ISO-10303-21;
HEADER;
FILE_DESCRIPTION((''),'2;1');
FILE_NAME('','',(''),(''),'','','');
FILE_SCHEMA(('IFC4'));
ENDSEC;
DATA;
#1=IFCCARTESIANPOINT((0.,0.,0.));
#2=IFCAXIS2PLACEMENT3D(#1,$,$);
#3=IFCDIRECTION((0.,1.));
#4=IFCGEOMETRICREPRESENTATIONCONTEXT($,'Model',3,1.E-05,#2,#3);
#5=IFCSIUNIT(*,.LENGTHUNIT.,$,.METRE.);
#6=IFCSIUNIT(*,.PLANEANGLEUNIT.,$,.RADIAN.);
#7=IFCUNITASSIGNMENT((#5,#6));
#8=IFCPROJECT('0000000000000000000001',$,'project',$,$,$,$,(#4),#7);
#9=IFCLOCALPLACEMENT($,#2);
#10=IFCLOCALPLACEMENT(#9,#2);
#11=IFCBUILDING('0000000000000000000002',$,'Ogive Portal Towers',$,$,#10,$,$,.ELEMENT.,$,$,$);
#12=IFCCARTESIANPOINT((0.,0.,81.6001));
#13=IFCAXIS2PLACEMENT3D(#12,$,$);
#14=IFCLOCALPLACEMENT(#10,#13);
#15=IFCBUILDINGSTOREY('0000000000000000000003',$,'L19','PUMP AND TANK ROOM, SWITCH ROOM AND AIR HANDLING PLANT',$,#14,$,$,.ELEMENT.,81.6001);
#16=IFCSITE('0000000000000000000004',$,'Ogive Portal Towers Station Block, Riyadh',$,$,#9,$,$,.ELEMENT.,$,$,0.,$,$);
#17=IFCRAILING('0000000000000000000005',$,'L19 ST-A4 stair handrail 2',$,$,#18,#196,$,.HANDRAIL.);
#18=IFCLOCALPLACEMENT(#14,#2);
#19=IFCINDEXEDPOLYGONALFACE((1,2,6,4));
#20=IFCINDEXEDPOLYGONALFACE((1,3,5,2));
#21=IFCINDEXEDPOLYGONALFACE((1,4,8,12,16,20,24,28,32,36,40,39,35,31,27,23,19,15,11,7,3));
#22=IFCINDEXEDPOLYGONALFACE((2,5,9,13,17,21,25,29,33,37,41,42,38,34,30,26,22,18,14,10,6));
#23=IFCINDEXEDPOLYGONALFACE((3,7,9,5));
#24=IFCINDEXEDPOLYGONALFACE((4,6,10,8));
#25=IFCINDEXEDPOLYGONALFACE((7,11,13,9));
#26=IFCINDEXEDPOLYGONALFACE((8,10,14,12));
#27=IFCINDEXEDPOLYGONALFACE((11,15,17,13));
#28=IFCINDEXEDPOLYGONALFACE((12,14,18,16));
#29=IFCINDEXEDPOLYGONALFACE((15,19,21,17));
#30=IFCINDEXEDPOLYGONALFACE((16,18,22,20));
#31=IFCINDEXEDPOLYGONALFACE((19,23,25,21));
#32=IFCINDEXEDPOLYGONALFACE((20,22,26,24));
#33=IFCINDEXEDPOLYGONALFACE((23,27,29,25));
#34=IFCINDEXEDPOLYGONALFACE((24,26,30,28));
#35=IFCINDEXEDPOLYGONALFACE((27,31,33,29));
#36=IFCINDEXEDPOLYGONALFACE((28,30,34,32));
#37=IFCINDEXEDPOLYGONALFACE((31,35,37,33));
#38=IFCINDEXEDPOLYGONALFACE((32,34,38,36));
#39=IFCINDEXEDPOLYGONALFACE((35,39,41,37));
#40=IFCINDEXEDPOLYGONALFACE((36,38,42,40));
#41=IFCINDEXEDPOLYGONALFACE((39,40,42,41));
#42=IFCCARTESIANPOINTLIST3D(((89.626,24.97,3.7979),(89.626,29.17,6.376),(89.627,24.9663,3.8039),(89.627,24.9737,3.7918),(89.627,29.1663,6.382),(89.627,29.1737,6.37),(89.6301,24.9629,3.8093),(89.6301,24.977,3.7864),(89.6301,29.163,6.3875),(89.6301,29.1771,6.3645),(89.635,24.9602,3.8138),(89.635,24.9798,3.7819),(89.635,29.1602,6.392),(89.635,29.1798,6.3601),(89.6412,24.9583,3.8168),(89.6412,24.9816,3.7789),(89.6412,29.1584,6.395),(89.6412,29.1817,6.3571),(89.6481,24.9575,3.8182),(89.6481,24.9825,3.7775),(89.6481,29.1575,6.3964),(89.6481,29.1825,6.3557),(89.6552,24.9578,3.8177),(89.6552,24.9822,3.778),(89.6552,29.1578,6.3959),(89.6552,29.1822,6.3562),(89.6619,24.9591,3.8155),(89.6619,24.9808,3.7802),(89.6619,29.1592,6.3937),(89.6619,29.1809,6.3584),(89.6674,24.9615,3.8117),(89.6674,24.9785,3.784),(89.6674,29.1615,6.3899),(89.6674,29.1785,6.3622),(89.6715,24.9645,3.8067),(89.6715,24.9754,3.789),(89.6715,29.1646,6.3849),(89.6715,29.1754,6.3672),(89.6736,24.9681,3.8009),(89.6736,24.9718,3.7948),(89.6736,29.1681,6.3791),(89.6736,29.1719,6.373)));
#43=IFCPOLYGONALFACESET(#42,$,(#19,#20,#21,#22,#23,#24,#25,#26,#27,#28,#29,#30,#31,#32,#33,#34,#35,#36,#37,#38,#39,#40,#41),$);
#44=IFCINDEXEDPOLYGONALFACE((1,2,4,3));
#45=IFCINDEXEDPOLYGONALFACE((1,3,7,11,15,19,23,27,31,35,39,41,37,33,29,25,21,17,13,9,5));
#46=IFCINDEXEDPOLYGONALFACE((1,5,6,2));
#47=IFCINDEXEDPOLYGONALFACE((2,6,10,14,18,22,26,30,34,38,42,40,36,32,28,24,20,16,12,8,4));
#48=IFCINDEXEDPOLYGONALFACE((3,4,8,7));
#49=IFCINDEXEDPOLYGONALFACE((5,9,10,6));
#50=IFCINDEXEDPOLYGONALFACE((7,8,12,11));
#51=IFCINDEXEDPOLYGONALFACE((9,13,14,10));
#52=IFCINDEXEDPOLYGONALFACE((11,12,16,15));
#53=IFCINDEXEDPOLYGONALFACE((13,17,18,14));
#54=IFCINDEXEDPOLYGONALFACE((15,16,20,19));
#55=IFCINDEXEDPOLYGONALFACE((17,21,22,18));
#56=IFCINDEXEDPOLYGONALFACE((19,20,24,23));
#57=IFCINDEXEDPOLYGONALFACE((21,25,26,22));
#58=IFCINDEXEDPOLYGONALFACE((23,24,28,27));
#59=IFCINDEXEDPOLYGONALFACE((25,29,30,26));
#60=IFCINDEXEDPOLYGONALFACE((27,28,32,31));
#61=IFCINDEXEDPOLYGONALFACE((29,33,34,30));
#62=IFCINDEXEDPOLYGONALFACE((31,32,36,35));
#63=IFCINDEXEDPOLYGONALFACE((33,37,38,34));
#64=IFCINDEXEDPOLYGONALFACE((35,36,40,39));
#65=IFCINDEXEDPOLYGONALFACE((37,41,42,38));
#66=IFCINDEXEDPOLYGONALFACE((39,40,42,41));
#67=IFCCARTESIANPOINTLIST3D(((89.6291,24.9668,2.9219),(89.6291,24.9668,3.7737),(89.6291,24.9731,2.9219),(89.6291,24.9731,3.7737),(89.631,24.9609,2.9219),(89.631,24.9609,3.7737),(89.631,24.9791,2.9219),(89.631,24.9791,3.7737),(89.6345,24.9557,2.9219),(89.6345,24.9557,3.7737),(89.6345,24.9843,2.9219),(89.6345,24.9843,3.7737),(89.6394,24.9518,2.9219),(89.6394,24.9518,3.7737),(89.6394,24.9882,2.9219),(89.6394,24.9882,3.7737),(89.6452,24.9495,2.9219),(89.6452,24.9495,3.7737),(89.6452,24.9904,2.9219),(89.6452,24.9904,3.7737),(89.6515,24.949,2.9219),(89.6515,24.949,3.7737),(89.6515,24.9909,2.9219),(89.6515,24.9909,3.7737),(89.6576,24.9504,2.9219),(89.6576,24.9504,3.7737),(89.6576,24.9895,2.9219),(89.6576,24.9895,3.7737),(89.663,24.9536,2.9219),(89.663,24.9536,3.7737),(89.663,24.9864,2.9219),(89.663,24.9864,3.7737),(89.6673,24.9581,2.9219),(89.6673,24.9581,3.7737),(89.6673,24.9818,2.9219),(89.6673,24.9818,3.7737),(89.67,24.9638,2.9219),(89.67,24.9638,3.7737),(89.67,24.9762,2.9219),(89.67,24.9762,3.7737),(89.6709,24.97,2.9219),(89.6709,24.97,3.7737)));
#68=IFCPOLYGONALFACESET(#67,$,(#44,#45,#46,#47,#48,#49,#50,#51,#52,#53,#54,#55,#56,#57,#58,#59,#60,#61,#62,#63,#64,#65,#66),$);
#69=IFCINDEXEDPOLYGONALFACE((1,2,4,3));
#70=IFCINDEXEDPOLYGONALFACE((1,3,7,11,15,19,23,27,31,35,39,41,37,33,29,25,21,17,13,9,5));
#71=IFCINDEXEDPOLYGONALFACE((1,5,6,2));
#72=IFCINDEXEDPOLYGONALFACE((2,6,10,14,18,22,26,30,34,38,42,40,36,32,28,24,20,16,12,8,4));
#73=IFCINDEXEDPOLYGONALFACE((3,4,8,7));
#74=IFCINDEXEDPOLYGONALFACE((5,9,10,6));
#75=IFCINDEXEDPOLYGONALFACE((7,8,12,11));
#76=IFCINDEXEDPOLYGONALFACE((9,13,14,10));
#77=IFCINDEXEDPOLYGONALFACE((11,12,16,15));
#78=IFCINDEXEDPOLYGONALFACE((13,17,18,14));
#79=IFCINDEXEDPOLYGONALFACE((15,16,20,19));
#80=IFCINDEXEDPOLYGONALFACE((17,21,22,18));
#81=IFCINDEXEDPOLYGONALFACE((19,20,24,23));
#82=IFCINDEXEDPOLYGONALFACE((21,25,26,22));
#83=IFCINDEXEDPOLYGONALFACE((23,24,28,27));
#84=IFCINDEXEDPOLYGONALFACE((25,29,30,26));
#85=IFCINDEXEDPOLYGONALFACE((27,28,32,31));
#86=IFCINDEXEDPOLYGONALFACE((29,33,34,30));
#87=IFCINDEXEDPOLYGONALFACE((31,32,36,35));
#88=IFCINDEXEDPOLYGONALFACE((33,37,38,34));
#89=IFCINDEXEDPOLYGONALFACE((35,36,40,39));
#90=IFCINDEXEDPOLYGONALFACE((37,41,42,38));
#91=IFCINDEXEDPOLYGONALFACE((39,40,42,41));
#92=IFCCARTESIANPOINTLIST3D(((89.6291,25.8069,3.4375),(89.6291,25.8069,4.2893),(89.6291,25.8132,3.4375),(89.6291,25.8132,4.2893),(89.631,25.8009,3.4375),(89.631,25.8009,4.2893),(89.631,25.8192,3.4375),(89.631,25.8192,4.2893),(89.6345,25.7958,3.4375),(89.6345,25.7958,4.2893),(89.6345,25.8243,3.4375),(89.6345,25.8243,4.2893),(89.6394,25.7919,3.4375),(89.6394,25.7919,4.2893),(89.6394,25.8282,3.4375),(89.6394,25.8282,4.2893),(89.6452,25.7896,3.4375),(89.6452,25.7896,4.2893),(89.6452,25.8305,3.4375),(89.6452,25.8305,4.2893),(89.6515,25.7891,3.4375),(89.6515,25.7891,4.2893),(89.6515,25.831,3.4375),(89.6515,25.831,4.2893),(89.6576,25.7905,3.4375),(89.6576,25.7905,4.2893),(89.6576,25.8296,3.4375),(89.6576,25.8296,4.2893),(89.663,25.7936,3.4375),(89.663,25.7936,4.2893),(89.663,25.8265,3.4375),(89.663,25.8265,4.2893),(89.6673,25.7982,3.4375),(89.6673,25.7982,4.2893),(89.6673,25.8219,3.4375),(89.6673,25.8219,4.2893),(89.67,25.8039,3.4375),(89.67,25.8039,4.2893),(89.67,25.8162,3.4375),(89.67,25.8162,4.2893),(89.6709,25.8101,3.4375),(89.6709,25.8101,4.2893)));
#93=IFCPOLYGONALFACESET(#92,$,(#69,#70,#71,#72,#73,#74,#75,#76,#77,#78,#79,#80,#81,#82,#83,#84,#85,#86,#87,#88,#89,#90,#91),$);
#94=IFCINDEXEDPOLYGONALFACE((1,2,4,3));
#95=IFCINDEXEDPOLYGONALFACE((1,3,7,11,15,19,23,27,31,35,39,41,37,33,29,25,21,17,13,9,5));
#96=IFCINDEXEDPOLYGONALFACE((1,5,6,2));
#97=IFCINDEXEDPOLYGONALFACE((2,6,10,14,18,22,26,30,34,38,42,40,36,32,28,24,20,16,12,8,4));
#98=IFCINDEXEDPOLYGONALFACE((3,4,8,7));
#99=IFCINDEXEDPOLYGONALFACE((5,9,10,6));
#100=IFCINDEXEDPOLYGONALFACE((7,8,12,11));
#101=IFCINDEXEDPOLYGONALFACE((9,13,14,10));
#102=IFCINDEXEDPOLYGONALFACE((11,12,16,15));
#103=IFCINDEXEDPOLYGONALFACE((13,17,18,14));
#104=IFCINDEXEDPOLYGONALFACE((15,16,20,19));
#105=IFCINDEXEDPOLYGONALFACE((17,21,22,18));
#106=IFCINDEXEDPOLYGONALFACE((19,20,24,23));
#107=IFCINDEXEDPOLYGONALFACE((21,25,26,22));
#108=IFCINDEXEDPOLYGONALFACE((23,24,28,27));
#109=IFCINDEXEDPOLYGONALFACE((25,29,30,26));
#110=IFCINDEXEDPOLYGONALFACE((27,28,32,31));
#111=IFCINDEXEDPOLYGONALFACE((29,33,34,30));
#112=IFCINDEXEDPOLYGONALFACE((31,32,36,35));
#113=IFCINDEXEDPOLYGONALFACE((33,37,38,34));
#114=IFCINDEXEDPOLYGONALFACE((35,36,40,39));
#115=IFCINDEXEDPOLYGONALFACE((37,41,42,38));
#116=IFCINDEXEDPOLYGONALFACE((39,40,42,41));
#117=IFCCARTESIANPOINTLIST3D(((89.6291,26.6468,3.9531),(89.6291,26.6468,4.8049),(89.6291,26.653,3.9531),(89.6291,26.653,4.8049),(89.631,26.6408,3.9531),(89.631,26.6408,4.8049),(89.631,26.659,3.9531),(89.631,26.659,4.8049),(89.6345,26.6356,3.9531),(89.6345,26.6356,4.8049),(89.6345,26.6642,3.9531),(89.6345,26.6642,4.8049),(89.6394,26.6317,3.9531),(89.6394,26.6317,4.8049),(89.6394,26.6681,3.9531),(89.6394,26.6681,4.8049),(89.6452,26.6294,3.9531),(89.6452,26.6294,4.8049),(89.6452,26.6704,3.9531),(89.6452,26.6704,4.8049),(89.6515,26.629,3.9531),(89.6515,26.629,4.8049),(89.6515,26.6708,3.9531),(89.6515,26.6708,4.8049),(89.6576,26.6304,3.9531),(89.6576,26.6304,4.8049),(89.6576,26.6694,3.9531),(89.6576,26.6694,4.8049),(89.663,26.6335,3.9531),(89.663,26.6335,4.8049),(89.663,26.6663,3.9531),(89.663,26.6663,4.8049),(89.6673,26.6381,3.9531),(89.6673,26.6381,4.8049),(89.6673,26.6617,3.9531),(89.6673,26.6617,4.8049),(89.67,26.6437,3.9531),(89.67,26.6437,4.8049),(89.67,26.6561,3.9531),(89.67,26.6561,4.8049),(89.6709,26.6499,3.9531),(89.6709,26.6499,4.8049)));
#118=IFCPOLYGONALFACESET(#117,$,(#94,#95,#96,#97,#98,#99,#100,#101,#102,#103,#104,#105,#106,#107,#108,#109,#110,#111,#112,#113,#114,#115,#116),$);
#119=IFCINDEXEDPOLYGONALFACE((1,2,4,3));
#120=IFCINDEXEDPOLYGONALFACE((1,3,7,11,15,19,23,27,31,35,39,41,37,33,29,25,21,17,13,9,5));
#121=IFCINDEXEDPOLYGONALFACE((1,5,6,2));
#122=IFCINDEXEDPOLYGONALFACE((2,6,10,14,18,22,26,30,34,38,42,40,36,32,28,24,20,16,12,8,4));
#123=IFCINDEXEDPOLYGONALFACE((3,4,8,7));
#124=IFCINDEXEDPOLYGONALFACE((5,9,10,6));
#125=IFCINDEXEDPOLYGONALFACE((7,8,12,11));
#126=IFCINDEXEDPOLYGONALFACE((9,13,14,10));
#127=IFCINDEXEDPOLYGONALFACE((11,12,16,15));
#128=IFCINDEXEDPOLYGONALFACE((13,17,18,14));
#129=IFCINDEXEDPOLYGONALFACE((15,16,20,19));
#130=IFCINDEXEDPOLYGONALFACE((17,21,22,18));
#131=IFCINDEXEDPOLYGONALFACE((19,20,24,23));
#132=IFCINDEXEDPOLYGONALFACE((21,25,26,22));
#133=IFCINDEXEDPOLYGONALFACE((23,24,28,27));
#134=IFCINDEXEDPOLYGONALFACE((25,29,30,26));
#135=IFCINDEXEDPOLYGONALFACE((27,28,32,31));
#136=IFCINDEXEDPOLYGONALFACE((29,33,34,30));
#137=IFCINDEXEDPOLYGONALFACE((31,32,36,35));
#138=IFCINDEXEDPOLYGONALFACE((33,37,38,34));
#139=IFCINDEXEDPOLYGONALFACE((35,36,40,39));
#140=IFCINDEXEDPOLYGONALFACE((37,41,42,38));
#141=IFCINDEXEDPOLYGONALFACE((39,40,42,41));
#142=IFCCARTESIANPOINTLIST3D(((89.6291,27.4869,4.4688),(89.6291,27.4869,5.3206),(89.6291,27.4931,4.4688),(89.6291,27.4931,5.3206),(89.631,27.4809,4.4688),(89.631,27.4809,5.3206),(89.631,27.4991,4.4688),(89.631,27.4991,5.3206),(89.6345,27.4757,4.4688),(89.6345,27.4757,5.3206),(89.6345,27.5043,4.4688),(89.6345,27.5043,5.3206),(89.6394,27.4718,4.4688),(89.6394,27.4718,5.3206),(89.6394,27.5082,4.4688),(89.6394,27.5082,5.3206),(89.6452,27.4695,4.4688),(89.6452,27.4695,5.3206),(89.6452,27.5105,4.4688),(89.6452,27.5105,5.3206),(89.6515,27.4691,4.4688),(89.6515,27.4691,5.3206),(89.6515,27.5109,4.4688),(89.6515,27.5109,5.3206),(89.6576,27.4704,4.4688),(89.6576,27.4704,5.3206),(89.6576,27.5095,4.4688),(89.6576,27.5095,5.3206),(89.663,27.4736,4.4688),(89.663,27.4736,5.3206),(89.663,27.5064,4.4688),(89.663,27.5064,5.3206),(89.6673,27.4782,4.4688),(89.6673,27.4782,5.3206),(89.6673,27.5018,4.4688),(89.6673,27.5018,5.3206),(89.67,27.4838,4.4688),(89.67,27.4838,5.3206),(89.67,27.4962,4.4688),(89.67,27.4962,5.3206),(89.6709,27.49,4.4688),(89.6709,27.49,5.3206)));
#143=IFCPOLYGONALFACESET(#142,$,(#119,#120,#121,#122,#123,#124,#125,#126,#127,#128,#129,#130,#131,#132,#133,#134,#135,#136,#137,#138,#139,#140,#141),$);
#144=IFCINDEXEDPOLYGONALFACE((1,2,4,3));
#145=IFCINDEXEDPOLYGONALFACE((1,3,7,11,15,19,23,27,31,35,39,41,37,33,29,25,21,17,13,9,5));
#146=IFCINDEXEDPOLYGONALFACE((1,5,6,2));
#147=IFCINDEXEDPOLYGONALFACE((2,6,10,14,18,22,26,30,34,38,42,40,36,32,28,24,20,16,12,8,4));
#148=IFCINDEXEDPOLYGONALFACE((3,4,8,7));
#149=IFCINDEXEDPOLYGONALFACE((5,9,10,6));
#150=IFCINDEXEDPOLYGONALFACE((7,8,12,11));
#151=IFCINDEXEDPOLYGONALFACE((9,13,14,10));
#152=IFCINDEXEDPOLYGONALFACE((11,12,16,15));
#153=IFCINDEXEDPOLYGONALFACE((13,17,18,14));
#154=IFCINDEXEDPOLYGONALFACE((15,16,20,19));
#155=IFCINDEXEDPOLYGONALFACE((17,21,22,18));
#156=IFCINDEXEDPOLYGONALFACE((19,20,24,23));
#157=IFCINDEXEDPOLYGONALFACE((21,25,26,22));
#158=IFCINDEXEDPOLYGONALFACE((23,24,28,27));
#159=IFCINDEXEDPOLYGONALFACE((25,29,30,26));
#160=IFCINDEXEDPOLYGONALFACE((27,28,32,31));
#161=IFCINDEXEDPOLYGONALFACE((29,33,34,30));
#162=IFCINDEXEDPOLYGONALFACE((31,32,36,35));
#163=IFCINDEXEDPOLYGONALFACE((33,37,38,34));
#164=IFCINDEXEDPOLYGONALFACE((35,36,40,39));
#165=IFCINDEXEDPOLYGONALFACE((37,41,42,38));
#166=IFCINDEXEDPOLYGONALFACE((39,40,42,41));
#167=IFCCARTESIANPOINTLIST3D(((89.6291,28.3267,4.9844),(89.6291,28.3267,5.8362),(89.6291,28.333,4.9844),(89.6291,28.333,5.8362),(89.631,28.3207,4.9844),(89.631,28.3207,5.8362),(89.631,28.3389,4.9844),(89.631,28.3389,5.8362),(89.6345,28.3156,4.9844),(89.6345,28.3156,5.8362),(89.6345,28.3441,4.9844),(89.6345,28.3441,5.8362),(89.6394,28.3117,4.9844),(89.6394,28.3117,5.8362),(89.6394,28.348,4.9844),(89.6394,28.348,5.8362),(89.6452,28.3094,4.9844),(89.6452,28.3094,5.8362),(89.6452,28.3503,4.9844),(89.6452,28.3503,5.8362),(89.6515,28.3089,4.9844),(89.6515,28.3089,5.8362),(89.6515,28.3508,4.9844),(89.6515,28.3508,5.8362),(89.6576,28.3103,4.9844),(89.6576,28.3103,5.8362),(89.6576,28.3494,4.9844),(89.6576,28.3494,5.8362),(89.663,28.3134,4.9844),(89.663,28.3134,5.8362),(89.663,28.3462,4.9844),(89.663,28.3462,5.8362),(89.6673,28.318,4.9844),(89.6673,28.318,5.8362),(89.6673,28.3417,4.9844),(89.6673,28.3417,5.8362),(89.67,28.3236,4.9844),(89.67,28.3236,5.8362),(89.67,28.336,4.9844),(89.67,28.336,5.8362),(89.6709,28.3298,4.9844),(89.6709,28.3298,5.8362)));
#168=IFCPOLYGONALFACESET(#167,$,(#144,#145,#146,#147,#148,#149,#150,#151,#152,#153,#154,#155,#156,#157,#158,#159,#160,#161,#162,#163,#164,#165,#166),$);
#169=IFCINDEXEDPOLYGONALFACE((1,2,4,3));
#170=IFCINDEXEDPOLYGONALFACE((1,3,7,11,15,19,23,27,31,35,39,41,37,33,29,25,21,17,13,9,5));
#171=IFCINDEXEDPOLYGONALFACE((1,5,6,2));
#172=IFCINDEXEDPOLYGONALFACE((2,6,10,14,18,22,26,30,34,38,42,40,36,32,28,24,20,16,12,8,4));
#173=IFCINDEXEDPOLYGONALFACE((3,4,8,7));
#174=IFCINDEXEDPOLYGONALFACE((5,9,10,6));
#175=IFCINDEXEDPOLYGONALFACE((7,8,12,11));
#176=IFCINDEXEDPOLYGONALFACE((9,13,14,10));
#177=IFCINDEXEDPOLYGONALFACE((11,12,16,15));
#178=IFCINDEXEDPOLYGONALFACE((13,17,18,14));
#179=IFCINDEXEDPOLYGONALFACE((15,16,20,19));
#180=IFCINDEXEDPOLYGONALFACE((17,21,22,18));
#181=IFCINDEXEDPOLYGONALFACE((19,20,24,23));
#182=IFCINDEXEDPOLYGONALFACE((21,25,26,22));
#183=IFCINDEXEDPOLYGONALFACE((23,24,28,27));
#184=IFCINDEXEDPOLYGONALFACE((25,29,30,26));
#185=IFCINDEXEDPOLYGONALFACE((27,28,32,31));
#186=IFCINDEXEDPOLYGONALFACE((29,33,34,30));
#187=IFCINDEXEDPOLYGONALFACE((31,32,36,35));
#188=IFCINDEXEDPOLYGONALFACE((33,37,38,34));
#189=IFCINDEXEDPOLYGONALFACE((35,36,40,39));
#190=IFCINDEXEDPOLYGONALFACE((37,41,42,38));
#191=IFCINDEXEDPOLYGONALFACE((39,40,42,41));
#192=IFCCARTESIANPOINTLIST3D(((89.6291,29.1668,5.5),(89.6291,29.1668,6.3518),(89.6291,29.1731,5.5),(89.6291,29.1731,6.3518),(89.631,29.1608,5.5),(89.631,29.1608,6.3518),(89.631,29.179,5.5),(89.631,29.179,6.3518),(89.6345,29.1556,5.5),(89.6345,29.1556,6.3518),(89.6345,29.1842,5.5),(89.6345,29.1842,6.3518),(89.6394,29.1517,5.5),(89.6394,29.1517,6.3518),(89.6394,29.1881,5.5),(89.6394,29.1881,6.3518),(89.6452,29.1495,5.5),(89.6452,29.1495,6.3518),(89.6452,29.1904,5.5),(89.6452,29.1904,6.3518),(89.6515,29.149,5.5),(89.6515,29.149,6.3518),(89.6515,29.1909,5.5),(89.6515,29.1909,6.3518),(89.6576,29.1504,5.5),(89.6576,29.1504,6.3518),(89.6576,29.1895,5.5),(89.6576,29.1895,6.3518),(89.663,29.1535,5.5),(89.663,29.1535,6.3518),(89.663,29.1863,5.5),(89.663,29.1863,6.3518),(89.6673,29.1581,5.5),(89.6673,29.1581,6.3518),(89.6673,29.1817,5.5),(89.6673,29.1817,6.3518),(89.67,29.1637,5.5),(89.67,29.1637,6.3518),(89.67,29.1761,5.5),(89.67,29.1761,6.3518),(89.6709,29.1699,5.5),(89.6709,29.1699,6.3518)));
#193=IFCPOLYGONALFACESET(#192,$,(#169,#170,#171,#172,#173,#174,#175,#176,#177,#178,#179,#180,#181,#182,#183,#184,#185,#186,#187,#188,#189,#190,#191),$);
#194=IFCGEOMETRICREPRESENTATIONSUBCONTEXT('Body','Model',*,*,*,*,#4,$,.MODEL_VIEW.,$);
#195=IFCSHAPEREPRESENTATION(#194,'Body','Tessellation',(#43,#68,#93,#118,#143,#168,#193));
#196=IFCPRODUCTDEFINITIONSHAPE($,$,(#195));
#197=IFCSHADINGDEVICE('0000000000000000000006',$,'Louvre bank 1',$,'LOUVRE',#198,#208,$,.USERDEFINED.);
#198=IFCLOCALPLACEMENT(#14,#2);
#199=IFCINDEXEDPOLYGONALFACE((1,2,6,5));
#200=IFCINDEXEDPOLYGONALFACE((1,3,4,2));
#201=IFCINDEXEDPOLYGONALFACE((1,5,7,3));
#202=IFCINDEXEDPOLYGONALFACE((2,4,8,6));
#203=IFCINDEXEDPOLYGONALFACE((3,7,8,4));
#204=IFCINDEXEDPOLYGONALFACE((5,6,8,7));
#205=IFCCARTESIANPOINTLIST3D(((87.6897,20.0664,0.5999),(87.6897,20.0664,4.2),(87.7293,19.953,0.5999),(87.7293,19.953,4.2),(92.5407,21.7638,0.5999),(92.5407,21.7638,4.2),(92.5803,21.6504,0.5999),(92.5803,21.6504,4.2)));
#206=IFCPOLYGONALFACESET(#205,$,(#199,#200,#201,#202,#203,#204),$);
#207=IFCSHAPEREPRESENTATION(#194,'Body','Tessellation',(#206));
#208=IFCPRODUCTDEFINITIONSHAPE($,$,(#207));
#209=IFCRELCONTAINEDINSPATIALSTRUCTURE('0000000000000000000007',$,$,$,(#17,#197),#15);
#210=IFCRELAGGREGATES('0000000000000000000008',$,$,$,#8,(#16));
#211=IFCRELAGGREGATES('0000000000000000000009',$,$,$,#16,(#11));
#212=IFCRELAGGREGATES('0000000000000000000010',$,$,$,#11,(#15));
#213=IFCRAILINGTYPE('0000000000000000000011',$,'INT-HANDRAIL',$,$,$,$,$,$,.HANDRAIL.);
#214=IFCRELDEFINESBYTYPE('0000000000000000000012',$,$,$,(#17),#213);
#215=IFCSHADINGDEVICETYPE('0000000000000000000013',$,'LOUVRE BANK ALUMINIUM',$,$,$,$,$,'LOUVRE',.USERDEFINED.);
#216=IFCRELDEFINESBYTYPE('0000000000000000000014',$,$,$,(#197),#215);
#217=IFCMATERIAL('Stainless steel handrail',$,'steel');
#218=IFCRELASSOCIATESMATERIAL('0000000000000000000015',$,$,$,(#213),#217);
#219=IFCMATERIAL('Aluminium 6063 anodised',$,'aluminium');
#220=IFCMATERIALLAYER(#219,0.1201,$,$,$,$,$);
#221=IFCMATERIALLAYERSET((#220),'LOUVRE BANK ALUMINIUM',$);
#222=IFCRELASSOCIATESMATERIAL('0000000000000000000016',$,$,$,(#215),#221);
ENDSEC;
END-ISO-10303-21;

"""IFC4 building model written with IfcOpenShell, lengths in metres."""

from ifc_helpers import new_model, si_unit, direction, frame, origin, origin_2d, place, context, subcontext, project, spatial, rectangle, circle, extrude, material, layer, layer_set, type_object, element, save


model = new_model("IFC4")

# Units and contexts
model_context = context("Model", 3, precision=1e-05, world=origin(), true_north=direction((0.0, 1.0)))
body_context = subcontext(model_context, "Body", "Model", "MODEL_VIEW")
ifc_project = project(units=[si_unit("LENGTHUNIT", "METRE"), si_unit("PLANEANGLEUNIT", "RADIAN")], contexts=[model_context])

# Site, building, storey
site_placement = place(None, origin())
site = spatial("IfcSite", under=ifc_project, at=site_placement, Name="Ogive Portal Towers Station Block, Riyadh", CompositionType="ELEMENT", RefElevation=0.0)
building_placement = place(site_placement, origin())
building = spatial("IfcBuilding", under=site, at=building_placement, Name="Ogive Portal Towers", CompositionType="ELEMENT")
storey_placement = place(building_placement, frame((0.0, 0.0, 81.6001)))
storey = spatial("IfcBuildingStorey", under=building, at=storey_placement, Name="L19", Description="PUMP AND TANK ROOM, SWITCH ROOM AND AIR HANDLING PLANT", CompositionType="ELEMENT", Elevation=81.6001)

# Railing
ifc_material_1 = material(Name="Stainless steel handrail", Category="steel")
railing_type_1 = type_object("IfcRailingType", Name="INT-HANDRAIL", PredefinedType="HANDRAIL", material=ifc_material_1)
railing_1_placement = place(storey_placement, frame((89.6499, 24.97, 2.9219)))
element("IfcRailing", 1, at=railing_1_placement, inside=storey, type_object=railing_type_1, Name="L19 ST-A4 stair handrail 2", PredefinedType="HANDRAIL", context=body_context, shape_type="SweptSolid", body=[
    extrude(circle(Radius=0.0239, at=origin_2d()), frame((0.0, 0.0, 0.876), z_axis=(0.0, 0.852243, 0.523146), x_axis=(-1.0, 0.0, 0.0)), (0.0, 0.0, 1.0), 4.9282),
    extrude(circle(Radius=0.021, at=origin_2d()), origin(), (0.0, 0.0, 1.0), 0.8518),
    extrude(circle(Radius=0.021, at=origin_2d()), frame((0.0, 0.8401, 0.5156)), (0.0, 0.0, 1.0), 0.8518),
    extrude(circle(Radius=0.021, at=origin_2d()), frame((0.0, 1.6799, 1.0312)), (0.0, 0.0, 1.0), 0.8518),
    extrude(circle(Radius=0.021, at=origin_2d()), frame((0.0, 2.52, 1.5469)), (0.0, 0.0, 1.0), 0.8518),
    extrude(circle(Radius=0.021, at=origin_2d()), frame((0.0, 3.3599, 2.0625)), (0.0, 0.0, 1.0), 0.8518),
    extrude(circle(Radius=0.021, at=origin_2d()), frame((0.0, 4.2, 2.5781)), (0.0, 0.0, 1.0), 0.8518),
])

# Shading device
ifc_material_2 = material(Name="Aluminium 6063 anodised", Category="aluminium")
ifc_layer_1 = layer(ifc_material_2, 0.1201)
ifc_layer_set_1 = layer_set([ifc_layer_1], Name="LOUVRE BANK ALUMINIUM")
shading_device_type = type_object("IfcShadingDeviceType", Name="LOUVRE BANK ALUMINIUM", ElementType="LOUVRE", PredefinedType="USERDEFINED", material=ifc_layer_set_1)
shading_device_1_placement = place(storey_placement, frame((90.135, 20.8584, 0.5999), z_axis=(0.0, 0.0, 1.0), x_axis=(0.943883, 0.330279, 0.0)))
element("IfcShadingDevice", 2, at=shading_device_1_placement, inside=storey, type_object=shading_device_type, Name="Louvre bank 1", ObjectType="LOUVRE", PredefinedType="USERDEFINED", context=body_context, shape_type="SweptSolid", body=[
    extrude(rectangle(XDim=5.1394, YDim=0.1201, at=origin_2d()), origin(), (0.0, 0.0, 1.0), 3.6001),
])

save(model, "model.ifc")
